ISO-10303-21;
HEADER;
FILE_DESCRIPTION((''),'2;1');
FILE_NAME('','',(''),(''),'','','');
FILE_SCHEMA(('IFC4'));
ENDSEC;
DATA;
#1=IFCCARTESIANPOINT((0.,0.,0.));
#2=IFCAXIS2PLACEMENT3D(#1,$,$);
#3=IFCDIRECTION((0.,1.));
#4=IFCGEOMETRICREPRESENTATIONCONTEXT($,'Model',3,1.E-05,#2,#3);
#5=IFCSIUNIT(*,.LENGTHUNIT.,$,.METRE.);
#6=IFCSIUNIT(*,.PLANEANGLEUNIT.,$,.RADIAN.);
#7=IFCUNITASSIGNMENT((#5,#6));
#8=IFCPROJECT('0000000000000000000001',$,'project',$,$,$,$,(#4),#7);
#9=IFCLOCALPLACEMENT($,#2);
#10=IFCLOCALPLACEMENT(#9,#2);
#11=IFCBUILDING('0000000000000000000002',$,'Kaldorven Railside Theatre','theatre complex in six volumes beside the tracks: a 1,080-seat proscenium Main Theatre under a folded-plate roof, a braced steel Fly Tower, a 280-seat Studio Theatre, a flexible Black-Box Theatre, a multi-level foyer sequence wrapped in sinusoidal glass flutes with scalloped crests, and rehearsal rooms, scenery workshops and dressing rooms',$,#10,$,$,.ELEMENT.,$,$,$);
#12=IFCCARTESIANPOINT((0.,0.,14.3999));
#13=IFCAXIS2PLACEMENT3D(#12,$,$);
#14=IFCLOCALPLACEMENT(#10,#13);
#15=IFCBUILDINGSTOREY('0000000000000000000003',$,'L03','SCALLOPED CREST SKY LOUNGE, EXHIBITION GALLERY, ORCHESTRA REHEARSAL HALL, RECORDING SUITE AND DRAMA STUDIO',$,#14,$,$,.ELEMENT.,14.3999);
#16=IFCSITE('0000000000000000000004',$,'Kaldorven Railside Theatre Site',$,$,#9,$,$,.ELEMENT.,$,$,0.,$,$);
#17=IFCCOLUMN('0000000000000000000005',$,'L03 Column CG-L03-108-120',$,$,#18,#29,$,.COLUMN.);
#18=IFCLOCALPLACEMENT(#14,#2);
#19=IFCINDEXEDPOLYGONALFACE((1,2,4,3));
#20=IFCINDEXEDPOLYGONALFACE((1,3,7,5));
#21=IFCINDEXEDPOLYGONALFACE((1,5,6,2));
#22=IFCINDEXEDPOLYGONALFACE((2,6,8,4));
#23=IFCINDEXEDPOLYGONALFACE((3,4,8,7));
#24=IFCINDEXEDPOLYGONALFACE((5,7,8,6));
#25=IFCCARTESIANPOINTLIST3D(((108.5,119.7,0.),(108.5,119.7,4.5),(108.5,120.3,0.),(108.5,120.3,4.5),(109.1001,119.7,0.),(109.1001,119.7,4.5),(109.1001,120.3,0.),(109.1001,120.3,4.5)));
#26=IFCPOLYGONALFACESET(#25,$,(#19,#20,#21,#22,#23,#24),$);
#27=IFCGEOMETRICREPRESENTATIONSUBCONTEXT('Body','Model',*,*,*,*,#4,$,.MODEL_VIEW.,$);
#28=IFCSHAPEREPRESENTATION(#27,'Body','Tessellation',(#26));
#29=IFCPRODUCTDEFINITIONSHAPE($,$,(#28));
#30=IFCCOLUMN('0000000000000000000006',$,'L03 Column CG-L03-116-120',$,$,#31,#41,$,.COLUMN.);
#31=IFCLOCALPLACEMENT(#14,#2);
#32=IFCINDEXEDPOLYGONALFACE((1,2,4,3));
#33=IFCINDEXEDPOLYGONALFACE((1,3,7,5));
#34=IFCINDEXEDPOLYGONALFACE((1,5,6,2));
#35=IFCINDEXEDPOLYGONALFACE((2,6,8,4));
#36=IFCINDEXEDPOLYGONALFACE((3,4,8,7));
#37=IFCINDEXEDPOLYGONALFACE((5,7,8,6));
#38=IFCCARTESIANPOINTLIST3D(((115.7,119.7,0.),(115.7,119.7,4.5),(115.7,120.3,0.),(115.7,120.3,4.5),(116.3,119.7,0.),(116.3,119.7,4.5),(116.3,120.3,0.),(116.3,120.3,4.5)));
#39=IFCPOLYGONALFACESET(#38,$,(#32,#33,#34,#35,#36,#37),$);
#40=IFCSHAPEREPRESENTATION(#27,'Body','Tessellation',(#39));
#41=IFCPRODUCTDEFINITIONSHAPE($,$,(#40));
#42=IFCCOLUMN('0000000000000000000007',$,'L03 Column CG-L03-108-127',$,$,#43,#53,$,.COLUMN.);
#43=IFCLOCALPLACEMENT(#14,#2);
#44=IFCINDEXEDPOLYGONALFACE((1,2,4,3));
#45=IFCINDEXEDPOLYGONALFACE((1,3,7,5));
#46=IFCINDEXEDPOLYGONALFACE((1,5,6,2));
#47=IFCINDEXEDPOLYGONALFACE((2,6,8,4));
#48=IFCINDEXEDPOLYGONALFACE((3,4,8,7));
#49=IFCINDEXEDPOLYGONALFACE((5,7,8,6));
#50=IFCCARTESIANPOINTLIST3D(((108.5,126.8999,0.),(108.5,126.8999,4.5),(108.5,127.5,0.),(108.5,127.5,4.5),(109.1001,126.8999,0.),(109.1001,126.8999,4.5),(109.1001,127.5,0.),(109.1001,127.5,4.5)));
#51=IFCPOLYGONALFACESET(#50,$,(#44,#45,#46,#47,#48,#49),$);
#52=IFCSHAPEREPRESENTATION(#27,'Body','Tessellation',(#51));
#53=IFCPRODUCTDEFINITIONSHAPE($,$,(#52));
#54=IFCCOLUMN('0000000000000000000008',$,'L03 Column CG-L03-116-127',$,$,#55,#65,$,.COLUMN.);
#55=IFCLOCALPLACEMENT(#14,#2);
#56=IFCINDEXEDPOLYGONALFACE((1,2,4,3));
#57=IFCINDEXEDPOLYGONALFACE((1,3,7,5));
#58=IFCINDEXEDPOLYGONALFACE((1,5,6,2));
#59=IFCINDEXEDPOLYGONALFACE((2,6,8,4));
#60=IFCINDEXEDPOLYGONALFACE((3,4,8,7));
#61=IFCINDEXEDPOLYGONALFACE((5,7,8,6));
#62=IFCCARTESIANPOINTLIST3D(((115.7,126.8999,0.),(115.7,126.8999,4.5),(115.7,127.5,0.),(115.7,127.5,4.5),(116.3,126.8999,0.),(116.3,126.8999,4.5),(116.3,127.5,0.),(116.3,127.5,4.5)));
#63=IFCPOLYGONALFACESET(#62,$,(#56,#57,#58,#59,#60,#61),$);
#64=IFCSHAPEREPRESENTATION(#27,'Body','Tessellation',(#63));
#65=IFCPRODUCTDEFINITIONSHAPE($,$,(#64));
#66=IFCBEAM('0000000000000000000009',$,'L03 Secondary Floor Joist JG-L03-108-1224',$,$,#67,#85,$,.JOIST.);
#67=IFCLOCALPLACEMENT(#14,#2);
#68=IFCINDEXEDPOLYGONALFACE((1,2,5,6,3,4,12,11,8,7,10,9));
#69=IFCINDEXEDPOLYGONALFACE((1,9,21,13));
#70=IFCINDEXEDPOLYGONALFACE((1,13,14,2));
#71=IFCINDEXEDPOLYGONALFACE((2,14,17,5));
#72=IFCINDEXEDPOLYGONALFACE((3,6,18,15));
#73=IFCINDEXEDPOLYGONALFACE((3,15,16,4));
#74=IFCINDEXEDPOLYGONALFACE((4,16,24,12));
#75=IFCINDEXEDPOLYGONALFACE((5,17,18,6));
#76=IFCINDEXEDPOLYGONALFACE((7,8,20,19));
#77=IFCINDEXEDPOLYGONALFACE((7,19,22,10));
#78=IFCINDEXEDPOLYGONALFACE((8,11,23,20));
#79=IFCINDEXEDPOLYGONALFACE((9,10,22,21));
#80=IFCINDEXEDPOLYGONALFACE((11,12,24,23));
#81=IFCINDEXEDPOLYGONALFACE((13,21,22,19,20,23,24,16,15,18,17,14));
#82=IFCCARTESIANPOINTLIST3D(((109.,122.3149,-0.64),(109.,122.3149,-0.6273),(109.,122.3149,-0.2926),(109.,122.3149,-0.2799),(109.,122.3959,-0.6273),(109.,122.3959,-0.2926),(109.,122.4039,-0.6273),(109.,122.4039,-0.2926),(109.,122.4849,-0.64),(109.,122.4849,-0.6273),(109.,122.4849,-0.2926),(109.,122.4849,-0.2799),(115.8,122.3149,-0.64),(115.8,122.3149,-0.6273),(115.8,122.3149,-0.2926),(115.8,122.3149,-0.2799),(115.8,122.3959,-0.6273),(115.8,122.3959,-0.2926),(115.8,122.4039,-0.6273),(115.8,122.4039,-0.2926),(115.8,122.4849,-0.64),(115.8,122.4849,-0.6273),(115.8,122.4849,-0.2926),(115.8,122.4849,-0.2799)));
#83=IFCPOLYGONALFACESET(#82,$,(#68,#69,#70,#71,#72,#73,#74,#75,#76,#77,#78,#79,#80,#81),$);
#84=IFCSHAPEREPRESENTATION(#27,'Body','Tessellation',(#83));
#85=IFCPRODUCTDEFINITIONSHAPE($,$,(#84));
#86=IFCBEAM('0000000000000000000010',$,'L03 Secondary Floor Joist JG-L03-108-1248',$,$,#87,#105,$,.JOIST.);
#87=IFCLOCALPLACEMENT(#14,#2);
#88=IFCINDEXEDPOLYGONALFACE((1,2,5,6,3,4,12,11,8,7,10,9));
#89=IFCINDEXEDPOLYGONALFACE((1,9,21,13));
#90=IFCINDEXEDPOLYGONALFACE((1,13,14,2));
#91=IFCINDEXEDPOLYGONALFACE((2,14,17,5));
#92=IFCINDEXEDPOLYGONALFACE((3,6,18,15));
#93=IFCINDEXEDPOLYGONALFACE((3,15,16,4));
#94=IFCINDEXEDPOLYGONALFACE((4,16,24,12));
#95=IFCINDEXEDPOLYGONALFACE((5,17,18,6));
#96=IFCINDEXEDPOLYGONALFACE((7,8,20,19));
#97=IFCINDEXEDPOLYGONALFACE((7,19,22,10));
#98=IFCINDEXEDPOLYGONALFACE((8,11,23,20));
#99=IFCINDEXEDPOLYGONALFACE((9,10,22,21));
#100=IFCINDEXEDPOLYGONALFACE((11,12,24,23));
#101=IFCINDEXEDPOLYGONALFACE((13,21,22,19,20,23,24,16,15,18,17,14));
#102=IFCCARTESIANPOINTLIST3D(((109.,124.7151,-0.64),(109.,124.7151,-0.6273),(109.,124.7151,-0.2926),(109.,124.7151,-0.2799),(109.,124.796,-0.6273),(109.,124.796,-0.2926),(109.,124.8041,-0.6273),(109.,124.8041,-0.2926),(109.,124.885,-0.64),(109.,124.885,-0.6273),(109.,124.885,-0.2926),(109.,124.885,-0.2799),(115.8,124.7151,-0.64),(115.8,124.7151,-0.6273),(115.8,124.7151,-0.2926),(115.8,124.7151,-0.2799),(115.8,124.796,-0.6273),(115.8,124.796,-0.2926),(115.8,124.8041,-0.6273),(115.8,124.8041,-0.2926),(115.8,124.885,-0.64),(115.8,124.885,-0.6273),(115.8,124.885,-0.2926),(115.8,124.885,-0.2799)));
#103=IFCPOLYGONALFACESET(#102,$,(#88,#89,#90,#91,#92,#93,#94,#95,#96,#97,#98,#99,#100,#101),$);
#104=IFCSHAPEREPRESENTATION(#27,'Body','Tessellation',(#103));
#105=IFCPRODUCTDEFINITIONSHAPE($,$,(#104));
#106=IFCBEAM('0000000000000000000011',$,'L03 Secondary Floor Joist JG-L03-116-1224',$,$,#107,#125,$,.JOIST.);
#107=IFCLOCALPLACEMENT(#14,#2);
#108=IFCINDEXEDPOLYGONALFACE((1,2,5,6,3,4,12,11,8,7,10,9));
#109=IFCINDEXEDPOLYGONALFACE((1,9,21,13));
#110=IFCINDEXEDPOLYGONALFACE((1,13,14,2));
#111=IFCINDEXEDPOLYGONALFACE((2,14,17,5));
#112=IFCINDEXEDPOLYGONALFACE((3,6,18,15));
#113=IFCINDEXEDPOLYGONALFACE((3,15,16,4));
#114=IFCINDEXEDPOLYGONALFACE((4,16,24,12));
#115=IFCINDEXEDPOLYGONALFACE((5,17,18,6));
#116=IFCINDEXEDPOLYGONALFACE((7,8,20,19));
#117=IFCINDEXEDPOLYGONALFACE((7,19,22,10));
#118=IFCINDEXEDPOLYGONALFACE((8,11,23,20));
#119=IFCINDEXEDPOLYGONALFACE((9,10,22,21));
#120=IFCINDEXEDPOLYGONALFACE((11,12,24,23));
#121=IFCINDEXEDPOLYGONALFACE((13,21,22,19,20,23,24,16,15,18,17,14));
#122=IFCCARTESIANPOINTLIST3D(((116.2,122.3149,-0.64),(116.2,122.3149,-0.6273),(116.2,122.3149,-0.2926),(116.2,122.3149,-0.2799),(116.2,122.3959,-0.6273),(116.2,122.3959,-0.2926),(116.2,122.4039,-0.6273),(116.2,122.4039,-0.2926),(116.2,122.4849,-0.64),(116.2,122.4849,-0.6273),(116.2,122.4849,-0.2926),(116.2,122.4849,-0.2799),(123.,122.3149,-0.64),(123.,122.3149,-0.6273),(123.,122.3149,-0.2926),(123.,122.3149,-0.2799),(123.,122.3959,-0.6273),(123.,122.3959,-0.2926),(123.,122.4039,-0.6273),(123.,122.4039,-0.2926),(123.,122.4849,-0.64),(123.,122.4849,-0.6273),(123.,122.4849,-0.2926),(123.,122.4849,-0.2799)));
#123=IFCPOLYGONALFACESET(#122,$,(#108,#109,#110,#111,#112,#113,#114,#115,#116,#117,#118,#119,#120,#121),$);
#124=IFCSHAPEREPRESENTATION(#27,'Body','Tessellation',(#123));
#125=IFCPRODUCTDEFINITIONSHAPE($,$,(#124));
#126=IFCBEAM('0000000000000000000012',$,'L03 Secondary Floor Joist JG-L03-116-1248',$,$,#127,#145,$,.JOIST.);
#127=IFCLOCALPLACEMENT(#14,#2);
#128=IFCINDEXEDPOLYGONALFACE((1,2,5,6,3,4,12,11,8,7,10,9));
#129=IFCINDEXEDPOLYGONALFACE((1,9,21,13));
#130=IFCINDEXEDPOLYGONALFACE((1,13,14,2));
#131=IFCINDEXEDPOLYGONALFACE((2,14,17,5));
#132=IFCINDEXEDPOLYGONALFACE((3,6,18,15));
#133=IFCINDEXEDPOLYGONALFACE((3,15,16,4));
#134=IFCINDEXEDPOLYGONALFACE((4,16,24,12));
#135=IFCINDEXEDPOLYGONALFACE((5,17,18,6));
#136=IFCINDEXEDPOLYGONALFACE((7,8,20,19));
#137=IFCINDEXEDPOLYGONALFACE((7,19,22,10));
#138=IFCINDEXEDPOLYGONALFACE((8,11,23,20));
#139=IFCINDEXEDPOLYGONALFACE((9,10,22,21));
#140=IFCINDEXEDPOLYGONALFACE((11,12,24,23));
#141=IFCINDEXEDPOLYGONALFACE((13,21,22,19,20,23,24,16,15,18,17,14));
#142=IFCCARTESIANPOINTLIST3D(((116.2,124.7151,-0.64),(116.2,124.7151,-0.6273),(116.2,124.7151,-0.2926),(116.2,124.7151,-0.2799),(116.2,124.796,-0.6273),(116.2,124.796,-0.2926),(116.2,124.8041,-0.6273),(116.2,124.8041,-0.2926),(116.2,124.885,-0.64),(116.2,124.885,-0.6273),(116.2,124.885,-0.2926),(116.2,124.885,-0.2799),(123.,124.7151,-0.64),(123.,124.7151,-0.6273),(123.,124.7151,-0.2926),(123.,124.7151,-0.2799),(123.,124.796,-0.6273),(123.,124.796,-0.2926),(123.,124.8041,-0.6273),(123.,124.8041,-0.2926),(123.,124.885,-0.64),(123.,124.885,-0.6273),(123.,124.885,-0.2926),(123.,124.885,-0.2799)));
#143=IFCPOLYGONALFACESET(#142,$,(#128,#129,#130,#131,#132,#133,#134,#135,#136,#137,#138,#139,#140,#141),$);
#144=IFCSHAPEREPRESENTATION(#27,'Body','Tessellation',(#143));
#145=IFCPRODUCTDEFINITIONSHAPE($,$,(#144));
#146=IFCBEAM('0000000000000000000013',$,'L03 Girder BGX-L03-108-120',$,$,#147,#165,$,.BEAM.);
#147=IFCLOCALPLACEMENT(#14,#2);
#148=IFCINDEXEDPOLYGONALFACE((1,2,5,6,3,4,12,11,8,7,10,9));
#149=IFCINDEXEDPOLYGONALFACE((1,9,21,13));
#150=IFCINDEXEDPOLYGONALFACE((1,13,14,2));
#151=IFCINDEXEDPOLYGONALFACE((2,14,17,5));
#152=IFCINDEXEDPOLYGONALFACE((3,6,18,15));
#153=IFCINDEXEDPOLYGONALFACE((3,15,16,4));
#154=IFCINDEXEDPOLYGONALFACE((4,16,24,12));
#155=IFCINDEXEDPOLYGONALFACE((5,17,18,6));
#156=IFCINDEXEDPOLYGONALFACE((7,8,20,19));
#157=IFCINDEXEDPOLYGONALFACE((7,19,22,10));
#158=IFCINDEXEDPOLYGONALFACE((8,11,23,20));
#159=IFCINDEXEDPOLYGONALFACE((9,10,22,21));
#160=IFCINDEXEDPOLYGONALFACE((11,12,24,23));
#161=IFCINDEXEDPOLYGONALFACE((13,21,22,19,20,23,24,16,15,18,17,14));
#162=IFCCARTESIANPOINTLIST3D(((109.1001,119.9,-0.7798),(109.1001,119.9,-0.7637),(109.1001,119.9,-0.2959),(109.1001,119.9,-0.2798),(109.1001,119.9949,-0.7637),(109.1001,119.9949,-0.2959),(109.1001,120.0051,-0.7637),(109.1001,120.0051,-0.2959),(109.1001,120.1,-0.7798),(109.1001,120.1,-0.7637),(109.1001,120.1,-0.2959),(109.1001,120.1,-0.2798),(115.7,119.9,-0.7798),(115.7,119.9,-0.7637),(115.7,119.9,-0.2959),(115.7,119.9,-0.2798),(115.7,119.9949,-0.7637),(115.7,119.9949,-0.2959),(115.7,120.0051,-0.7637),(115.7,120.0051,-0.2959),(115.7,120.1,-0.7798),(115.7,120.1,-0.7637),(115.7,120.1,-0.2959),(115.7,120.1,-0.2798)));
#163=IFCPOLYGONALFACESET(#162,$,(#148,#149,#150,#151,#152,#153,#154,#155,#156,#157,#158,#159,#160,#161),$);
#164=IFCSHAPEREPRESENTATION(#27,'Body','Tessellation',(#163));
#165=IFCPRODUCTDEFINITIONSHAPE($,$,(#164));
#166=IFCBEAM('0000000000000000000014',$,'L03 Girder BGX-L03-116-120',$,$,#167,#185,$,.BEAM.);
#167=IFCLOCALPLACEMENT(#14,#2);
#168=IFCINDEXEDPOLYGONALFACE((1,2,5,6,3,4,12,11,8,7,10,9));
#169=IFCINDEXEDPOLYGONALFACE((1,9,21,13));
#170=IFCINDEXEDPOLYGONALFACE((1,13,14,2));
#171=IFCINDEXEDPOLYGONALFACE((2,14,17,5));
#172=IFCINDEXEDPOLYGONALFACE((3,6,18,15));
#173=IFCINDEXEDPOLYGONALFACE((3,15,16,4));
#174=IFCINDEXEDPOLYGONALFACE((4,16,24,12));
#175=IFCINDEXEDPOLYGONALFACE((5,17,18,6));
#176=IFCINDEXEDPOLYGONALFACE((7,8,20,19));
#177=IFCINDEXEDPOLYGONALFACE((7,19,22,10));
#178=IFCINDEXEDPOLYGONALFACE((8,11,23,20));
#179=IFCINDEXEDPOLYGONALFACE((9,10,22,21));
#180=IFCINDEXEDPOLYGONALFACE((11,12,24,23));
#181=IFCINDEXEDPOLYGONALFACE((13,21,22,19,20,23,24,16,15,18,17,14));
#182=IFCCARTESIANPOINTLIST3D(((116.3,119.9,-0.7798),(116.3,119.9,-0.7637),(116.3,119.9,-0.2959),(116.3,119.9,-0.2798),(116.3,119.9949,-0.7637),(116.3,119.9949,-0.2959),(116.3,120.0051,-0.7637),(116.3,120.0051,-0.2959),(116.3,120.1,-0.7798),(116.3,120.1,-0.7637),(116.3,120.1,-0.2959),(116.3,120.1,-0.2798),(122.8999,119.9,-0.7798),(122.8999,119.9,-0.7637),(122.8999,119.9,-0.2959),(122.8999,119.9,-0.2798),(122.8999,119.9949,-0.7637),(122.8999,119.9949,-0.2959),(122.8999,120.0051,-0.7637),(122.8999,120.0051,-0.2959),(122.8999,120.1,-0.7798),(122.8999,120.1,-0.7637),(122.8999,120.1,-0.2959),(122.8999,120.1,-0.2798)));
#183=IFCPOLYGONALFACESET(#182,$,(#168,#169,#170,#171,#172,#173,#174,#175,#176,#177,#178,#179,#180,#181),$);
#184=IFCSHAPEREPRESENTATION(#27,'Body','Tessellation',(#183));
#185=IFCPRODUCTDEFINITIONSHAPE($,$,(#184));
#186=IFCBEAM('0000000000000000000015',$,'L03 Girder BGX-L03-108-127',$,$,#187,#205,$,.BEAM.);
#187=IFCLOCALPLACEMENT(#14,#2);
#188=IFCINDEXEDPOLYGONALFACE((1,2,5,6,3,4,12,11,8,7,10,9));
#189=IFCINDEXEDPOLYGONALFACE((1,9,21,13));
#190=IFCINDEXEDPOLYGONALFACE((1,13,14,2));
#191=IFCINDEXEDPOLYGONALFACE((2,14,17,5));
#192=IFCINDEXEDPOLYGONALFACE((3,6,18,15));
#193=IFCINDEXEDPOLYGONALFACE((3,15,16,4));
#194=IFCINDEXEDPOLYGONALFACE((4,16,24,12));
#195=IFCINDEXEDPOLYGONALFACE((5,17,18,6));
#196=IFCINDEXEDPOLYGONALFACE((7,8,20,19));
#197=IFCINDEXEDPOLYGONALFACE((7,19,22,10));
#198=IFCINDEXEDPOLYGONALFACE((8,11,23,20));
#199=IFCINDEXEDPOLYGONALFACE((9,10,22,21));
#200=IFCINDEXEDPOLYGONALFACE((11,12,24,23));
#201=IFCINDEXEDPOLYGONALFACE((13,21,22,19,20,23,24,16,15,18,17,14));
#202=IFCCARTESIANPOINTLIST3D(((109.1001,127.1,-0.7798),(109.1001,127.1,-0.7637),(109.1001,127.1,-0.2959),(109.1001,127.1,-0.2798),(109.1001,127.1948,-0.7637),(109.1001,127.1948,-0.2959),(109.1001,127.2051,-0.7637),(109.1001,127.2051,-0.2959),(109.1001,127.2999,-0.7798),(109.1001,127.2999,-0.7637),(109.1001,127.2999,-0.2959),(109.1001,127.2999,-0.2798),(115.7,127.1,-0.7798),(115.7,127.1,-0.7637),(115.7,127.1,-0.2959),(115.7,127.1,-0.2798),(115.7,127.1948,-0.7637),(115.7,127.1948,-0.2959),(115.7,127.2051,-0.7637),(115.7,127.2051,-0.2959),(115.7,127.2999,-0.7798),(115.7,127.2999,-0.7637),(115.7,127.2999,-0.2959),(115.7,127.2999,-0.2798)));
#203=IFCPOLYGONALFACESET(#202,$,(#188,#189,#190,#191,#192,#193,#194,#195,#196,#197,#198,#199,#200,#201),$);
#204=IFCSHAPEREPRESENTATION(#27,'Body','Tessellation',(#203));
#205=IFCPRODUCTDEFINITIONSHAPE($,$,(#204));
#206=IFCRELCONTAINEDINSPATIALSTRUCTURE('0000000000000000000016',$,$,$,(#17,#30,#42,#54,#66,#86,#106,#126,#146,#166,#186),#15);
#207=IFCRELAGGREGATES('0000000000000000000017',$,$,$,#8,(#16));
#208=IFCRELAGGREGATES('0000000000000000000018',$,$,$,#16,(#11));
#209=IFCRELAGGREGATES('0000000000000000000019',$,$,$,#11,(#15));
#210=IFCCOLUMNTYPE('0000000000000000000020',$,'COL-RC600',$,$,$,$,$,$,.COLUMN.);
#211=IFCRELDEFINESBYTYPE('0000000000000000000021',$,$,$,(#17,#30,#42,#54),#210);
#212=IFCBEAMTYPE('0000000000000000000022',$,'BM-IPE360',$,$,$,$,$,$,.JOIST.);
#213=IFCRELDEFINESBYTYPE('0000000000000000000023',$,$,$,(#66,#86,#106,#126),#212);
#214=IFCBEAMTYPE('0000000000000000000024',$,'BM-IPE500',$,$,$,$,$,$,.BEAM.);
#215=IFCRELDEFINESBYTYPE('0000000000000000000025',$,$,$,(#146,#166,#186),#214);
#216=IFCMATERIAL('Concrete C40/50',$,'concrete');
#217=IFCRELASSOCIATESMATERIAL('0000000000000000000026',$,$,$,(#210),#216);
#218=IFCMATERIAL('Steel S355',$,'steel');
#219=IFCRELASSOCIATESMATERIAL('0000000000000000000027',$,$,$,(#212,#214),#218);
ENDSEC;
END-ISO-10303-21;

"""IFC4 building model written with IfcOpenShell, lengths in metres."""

from ifc_helpers import new_model, si_unit, direction, frame, origin, origin_2d, place, context, subcontext, project, spatial, rectangle, i_section, extrude, material, material_profile, profile_set, type_object, element, save


model = new_model("IFC4")

# Units and contexts
model_context = context("Model", 3, precision=1e-05, world=origin(), true_north=direction((0.0, 1.0)))
body_context = subcontext(model_context, "Body", "Model", "MODEL_VIEW")
ifc_project = project(units=[si_unit("LENGTHUNIT", "METRE"), si_unit("PLANEANGLEUNIT", "RADIAN")], contexts=[model_context])

# Site, building, storey
site_placement = place(None, origin())
site = spatial("IfcSite", under=ifc_project, at=site_placement, Name="Kaldorven Railside Theatre Site", CompositionType="ELEMENT", RefElevation=0.0)
building_placement = place(site_placement, origin())
building = spatial("IfcBuilding", under=site, at=building_placement, Name="Kaldorven Railside Theatre", Description="theatre complex in six volumes beside the tracks: a 1,080-seat proscenium Main Theatre under a folded-plate roof, a braced steel Fly Tower, a 280-seat Studio Theatre, a flexible Black-Box Theatre, a multi-level foyer sequence wrapped in sinusoidal glass flutes with scalloped crests, and rehearsal rooms, scenery workshops and dressing rooms", CompositionType="ELEMENT")
storey_placement = place(building_placement, frame((0.0, 0.0, 14.3999)))
storey = spatial("IfcBuildingStorey", under=building, at=storey_placement, Name="L03", Description="SCALLOPED CREST SKY LOUNGE, EXHIBITION GALLERY, ORCHESTRA REHEARSAL HALL, RECORDING SUITE AND DRAMA STUDIO", CompositionType="ELEMENT", Elevation=14.3999)

# Columns
ifc_material_1 = material(Name="Concrete C40/50", Category="concrete")
ifc_material_profile_1 = material_profile(ifc_material_1, rectangle(XDim=0.6001, YDim=0.6001, at=origin_2d()), Name="RC 600x600")
ifc_profile_set_1 = profile_set([ifc_material_profile_1], Name="Concrete C40/50")
column_type = type_object("IfcColumnType", Name="COL-RC600", PredefinedType="COLUMN", material=ifc_profile_set_1)
for number, where, z_axis, x_axis, name in (
    (1, (108.8, 120.0, 0.0), (0.0, 0.0, 1.0), (1.0, 0.0, 0.0), "L03 Column CG-L03-108-120"),
    (2, (116.0, 120.0, 0.0), (0.0, 0.0, 1.0), (1.0, 0.0, 0.0), "L03 Column CG-L03-116-120"),
    (3, (108.8, 127.2, 0.0), (0.0, 0.0, 1.0), (1.0, 0.0, 0.0), "L03 Column CG-L03-108-127"),
    (4, (116.0, 127.2, 0.0), (0.0, 0.0, 1.0), (0.0, 1.0, 0.0), "L03 Column CG-L03-116-127"),
):
    element("IfcColumn", number, at=place(storey_placement, frame(where, z_axis=z_axis, x_axis=x_axis)), inside=storey, type_object=column_type, Name=name, PredefinedType="COLUMN", context=body_context, shape_type="SweptSolid", body=[
        extrude(rectangle(XDim=0.6001, YDim=0.6001, at=origin_2d()), origin(), (0.0, 0.0, 1.0), 4.5),
    ])

# Beams
ifc_material_2 = material(Name="Steel S355", Category="steel")
ifc_material_profile_2 = material_profile(ifc_material_2, i_section(OverallWidth=0.1699, OverallDepth=0.3601, WebThickness=0.0081, FlangeThickness=0.0127, at=origin_2d()), Name="IPE 360")
ifc_profile_set_2 = profile_set([ifc_material_profile_2], Name="Steel S355")
beam_type_1 = type_object("IfcBeamType", Name="BM-IPE360", PredefinedType="JOIST", material=ifc_profile_set_2)
for number, where, z_axis, x_axis, name in (
    (5, (109.0, 122.3999, -0.46), (1.0, 0.0, 0.0), (0.0, 1.0, 0.0), "L03 Secondary Floor Joist JG-L03-108-1224"),
    (6, (109.0, 124.8, -0.46), (1.0, 0.0, 0.0), (0.0, 1.0, 0.0), "L03 Secondary Floor Joist JG-L03-108-1248"),
    (7, (116.2, 122.3999, -0.46), (1.0, 0.0, 0.0), (0.0, 1.0, 0.0), "L03 Secondary Floor Joist JG-L03-116-1224"),
    (8, (116.2, 124.8, -0.46), (1.0, 0.0, 0.0), (0.0, 1.0, 0.0), "L03 Secondary Floor Joist JG-L03-116-1248"),
):
    element("IfcBeam", number, at=place(storey_placement, frame(where, z_axis=z_axis, x_axis=x_axis)), inside=storey, type_object=beam_type_1, Name=name, PredefinedType="JOIST", context=body_context, shape_type="SweptSolid", body=[
        extrude(i_section(OverallWidth=0.1699, OverallDepth=0.3601, WebThickness=0.0081, FlangeThickness=0.0127, at=origin_2d()), origin(), (0.0, 0.0, 1.0), 6.8),
    ])
ifc_material_profile_3 = material_profile(ifc_material_2, i_section(OverallWidth=0.2, OverallDepth=0.5, WebThickness=0.0103, FlangeThickness=0.0161, at=origin_2d()), Name="IPE 500")
ifc_profile_set_3 = profile_set([ifc_material_profile_3], Name="Steel S355")
beam_type_2 = type_object("IfcBeamType", Name="BM-IPE500", PredefinedType="BEAM", material=ifc_profile_set_3)
for number, where, z_axis, x_axis, name in (
    (9, (109.1001, 120.0, -0.5298), (1.0, 0.0, 0.0), (0.0, 1.0, 0.0), "L03 Girder BGX-L03-108-120"),
    (10, (116.3, 120.0, -0.5298), (1.0, 0.0, 0.0), (0.0, 1.0, 0.0), "L03 Girder BGX-L03-116-120"),
    (11, (109.1001, 127.2, -0.5298), (1.0, 0.0, 0.0), (0.0, 1.0, 0.0), "L03 Girder BGX-L03-108-127"),
):
    element("IfcBeam", number, at=place(storey_placement, frame(where, z_axis=z_axis, x_axis=x_axis)), inside=storey, type_object=beam_type_2, Name=name, PredefinedType="BEAM", context=body_context, shape_type="SweptSolid", body=[
        extrude(i_section(OverallWidth=0.2, OverallDepth=0.5, WebThickness=0.0103, FlangeThickness=0.0161, at=origin_2d()), origin(), (0.0, 0.0, 1.0), 6.5999),
    ])

save(model, "model.ifc")
